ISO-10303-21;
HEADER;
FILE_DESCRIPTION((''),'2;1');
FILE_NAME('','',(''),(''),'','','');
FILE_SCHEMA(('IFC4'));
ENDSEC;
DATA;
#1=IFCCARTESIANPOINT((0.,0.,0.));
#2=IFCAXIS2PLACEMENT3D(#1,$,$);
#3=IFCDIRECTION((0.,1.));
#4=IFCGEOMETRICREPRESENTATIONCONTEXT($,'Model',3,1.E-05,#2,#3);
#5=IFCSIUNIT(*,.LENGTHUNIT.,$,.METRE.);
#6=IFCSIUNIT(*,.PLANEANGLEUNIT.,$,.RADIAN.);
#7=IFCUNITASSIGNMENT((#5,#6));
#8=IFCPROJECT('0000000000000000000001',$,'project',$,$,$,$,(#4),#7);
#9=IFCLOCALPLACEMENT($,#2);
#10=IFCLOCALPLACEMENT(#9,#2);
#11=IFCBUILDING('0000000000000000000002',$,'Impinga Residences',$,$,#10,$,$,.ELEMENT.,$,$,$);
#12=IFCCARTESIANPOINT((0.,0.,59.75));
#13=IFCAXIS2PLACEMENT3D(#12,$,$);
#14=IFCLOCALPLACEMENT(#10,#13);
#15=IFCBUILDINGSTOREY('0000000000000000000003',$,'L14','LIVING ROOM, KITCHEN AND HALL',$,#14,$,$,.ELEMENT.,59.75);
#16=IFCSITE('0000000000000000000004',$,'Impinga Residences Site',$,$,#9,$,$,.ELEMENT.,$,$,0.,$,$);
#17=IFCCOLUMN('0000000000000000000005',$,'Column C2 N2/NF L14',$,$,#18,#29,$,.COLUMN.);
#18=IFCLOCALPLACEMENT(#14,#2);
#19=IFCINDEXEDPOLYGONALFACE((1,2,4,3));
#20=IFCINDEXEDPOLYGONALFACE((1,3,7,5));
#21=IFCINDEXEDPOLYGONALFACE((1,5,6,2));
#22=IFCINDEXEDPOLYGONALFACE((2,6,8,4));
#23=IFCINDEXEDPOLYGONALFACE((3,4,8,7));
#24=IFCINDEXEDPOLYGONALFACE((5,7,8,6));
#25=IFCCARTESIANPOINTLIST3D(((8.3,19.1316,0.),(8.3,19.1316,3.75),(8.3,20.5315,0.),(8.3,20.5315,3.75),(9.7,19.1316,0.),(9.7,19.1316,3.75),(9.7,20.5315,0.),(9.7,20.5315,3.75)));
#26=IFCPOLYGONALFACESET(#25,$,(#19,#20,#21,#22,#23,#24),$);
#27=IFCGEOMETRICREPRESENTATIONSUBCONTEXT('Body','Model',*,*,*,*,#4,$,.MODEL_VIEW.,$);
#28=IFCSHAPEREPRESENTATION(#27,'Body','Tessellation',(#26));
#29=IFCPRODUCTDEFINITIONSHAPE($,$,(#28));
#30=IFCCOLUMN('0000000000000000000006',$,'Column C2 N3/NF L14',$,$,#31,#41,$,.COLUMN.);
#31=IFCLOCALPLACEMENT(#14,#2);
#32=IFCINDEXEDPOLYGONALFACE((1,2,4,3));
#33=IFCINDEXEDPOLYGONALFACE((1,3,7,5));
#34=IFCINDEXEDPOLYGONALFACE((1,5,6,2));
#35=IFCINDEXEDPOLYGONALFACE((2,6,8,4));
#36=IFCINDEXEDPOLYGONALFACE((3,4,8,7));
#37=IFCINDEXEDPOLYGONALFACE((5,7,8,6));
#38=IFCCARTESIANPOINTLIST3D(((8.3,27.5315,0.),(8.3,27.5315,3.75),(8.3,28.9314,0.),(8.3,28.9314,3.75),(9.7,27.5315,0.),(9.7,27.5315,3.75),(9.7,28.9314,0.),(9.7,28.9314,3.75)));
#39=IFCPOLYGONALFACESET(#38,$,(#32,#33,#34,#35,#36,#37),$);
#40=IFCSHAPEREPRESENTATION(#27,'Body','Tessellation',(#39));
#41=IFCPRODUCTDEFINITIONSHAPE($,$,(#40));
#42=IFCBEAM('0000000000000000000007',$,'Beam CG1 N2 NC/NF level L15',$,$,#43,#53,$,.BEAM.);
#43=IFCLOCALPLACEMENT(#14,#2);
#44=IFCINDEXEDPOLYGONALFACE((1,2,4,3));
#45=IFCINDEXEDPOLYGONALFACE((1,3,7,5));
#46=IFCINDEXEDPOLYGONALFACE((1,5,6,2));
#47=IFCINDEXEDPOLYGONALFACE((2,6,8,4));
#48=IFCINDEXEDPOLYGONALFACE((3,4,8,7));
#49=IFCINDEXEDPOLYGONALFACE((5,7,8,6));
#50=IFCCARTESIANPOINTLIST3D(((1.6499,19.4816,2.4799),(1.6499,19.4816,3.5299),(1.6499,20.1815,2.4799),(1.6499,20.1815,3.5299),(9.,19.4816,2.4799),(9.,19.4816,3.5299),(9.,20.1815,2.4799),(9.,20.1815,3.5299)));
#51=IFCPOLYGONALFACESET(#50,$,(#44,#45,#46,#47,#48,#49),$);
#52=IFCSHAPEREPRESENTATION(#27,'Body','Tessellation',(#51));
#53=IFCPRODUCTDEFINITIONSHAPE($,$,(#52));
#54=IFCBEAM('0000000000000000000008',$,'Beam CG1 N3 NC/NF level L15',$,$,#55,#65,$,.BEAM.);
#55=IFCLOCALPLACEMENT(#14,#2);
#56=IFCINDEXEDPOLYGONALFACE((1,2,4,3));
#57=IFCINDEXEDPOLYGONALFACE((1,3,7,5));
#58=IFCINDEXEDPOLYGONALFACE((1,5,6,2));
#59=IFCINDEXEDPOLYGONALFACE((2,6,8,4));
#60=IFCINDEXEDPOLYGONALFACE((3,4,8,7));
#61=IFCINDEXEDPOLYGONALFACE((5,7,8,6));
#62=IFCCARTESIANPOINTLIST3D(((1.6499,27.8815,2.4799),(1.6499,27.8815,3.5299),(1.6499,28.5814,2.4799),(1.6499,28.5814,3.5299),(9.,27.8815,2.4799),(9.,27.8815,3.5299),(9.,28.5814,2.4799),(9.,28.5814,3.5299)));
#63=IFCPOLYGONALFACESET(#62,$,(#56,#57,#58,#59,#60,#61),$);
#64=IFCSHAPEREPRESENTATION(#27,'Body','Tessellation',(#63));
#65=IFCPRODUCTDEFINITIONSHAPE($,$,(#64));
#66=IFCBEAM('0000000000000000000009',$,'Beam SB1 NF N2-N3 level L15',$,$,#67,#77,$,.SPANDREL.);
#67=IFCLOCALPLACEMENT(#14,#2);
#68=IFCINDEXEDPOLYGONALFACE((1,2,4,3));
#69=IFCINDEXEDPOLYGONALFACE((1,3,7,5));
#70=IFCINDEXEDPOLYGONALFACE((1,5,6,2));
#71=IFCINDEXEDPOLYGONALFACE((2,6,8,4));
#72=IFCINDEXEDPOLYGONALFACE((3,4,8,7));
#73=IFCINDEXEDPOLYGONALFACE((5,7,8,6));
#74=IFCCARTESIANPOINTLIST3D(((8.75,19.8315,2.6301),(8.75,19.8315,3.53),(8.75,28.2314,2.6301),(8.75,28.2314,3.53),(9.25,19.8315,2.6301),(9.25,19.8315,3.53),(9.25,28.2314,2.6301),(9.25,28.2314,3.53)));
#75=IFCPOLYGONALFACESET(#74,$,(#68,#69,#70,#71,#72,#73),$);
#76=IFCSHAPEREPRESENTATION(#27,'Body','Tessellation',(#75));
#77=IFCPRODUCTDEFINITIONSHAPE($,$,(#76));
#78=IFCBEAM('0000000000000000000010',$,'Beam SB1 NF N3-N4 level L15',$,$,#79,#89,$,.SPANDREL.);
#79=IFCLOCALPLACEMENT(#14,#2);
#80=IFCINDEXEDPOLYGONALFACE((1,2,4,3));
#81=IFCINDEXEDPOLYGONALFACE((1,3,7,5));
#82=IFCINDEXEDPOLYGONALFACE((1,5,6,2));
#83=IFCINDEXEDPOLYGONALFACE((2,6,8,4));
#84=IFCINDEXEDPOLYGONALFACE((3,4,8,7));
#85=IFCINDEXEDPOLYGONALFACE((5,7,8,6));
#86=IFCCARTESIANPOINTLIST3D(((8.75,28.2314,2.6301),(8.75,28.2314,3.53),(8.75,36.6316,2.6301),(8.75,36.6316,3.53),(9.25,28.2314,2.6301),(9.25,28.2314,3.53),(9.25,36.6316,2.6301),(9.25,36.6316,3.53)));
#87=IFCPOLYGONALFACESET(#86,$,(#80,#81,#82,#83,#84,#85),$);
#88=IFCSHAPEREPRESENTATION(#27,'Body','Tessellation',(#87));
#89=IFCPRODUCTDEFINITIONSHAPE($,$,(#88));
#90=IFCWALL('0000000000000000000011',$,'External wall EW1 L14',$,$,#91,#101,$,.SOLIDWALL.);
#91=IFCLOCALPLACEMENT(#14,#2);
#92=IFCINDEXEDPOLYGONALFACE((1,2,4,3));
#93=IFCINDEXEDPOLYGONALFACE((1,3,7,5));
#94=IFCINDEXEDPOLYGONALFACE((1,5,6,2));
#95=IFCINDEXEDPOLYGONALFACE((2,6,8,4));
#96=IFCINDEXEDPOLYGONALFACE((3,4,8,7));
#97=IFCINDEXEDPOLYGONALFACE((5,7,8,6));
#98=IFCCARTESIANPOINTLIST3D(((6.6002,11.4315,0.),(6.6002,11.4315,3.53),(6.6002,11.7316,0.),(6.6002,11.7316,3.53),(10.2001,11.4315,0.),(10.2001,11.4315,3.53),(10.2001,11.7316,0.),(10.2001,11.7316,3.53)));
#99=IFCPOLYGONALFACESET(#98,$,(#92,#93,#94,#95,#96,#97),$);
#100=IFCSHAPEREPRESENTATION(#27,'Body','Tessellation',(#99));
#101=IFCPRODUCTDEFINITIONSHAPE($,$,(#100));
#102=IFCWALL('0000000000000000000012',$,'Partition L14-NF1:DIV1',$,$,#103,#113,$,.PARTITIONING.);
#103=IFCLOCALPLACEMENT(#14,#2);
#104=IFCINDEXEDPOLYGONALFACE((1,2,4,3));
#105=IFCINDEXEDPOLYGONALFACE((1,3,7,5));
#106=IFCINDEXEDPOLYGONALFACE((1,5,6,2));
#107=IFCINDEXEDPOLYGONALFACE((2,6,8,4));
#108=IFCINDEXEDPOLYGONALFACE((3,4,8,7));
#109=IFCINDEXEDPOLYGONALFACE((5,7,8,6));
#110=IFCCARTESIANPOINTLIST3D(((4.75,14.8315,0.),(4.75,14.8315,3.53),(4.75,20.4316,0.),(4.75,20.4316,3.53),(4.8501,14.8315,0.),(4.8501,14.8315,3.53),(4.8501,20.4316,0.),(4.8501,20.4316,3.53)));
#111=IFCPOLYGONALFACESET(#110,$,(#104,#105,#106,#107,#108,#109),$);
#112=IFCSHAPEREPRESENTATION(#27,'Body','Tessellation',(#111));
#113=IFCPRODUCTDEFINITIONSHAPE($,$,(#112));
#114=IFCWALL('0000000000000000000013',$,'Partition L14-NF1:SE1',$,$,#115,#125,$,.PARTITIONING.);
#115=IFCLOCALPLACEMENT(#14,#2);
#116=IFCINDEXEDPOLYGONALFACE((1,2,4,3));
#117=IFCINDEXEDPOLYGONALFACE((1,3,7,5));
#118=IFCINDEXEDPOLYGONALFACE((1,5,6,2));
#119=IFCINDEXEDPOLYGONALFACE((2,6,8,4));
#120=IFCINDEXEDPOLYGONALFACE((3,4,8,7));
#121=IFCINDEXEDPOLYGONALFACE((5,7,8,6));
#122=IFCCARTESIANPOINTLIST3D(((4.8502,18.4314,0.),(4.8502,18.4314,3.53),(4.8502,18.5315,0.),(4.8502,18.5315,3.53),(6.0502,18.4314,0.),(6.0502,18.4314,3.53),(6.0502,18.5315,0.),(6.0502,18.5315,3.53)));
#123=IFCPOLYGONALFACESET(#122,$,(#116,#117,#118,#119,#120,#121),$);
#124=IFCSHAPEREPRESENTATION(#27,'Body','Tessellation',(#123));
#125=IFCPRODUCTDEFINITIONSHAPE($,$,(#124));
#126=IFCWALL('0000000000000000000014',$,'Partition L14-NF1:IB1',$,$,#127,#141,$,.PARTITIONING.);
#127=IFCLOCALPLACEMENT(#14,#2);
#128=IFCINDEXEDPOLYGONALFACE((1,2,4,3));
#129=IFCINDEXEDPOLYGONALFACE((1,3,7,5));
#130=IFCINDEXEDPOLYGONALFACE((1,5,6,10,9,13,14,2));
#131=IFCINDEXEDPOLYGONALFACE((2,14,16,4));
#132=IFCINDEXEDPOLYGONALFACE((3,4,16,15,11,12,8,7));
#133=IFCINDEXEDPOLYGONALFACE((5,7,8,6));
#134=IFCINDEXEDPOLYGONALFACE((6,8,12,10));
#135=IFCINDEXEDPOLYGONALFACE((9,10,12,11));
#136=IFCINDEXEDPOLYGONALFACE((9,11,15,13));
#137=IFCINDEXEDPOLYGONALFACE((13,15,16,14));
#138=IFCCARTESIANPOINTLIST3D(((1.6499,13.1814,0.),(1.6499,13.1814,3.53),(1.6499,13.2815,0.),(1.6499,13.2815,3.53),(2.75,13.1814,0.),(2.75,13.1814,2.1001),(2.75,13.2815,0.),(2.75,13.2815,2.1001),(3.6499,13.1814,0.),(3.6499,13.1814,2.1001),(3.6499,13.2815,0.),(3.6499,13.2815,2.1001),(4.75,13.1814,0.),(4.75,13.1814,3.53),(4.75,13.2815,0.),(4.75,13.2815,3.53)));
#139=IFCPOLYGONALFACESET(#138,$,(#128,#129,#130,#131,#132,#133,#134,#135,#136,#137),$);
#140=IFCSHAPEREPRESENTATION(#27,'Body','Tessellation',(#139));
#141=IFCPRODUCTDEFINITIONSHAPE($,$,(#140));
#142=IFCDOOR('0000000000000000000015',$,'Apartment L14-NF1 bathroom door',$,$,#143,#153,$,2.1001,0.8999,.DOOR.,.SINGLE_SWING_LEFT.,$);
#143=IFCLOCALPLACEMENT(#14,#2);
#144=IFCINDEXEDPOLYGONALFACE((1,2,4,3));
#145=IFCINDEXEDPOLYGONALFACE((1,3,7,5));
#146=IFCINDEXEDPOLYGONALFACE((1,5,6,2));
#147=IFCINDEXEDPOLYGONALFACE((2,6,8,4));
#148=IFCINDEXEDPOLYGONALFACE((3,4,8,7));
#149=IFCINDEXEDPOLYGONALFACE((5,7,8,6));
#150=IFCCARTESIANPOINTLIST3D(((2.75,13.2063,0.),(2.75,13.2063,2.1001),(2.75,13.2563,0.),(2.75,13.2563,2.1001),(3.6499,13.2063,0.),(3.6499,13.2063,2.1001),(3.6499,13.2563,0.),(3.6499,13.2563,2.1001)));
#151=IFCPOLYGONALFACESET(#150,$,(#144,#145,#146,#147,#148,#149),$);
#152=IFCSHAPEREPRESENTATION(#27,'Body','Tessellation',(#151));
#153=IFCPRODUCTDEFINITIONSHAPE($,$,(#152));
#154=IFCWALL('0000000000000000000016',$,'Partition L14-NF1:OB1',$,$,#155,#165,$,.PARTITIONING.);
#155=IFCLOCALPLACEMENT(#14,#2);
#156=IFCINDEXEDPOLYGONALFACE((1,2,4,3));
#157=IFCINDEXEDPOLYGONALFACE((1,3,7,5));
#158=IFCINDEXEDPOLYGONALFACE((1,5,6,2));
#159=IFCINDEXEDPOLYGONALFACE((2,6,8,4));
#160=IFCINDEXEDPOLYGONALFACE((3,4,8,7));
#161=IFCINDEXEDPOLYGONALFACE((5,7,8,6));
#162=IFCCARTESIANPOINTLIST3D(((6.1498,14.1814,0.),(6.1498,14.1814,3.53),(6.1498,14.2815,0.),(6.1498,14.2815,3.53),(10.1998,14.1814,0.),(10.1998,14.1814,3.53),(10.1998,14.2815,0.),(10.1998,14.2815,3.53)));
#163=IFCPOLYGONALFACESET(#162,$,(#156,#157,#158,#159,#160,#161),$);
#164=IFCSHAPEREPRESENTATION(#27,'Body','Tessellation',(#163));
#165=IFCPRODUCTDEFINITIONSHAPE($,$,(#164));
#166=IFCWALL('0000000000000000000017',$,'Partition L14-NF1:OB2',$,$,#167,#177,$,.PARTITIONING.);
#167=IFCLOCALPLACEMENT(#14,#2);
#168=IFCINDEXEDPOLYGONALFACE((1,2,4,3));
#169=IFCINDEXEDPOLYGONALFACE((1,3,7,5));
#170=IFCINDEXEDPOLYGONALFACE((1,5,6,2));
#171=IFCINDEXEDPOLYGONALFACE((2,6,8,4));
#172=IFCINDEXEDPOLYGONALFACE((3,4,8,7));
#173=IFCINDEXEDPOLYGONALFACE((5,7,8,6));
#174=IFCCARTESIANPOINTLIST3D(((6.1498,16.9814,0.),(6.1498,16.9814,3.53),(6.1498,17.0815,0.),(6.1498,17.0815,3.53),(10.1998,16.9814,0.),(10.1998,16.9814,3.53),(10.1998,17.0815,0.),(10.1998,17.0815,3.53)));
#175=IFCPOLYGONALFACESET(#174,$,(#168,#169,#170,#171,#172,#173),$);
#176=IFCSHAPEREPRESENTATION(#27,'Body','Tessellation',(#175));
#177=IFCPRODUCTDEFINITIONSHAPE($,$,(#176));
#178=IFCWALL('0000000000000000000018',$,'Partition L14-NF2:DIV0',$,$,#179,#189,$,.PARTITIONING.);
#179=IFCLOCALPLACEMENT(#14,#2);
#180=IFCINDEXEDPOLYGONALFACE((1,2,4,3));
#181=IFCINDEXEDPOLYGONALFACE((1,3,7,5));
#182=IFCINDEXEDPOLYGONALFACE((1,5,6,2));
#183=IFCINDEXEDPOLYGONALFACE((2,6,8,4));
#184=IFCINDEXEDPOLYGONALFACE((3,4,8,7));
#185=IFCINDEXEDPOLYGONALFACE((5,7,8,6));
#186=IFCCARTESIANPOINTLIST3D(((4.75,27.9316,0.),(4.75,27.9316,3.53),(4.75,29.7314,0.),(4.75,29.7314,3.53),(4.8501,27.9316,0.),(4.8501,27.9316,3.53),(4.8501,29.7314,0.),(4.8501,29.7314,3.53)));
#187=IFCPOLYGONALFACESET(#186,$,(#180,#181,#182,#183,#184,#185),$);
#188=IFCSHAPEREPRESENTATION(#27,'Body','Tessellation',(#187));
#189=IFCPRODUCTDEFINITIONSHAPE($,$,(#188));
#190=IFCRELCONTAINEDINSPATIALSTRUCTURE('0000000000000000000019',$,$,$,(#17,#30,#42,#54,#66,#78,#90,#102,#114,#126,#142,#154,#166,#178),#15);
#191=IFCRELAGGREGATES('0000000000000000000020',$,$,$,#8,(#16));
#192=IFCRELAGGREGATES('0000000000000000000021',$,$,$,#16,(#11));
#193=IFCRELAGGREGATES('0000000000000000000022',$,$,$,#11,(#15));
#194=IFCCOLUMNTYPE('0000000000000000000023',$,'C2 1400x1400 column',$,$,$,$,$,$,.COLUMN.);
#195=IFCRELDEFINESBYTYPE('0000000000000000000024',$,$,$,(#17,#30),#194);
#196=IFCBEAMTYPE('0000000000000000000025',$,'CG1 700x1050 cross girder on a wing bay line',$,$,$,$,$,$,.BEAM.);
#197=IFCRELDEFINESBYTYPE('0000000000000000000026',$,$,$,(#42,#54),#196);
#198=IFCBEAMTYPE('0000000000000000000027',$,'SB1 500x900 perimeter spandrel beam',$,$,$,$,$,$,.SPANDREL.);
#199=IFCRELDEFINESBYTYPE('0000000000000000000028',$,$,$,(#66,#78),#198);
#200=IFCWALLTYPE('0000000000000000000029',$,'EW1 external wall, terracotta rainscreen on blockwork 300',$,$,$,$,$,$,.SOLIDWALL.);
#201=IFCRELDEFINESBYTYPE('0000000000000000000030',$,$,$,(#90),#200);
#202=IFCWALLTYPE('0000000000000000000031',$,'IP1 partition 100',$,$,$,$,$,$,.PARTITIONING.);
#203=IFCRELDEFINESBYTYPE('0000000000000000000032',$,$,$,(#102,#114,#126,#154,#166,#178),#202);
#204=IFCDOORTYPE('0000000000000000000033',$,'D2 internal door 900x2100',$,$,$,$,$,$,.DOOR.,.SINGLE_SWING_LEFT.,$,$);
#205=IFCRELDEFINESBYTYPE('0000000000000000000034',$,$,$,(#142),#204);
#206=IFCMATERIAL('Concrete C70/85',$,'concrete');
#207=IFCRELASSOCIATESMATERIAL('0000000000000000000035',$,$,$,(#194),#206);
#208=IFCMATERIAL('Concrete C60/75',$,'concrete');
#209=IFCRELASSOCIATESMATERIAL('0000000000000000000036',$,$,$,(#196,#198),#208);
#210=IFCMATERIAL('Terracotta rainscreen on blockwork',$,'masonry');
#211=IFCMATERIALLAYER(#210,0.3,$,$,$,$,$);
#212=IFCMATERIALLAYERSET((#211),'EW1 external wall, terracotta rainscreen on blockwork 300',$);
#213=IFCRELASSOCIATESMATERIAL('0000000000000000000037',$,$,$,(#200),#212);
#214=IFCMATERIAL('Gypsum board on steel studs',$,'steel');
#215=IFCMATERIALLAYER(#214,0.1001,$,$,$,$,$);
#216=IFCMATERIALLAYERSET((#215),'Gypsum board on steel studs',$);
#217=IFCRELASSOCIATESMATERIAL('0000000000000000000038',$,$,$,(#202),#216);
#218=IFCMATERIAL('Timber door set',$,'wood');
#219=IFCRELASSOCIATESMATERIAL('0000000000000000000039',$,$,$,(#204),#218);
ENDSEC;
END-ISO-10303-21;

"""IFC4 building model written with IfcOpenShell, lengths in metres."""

from ifc_helpers import new_model, si_unit, direction, frame, frame_2d, origin, origin_2d, place, context, subcontext, project, spatial, rectangle, extrude, material, layer, layer_set, material_profile, profile_set, type_object, element, fill, save


model = new_model("IFC4")

# Units and contexts
model_context = context("Model", 3, precision=1e-05, world=origin(), true_north=direction((0.0, 1.0)))
body_context = subcontext(model_context, "Body", "Model", "MODEL_VIEW")
ifc_project = project(units=[si_unit("LENGTHUNIT", "METRE"), si_unit("PLANEANGLEUNIT", "RADIAN")], contexts=[model_context])

# Site, building, storey
site_placement = place(None, origin())
site = spatial("IfcSite", under=ifc_project, at=site_placement, Name="Impinga Residences Site", CompositionType="ELEMENT", RefElevation=0.0)
building_placement = place(site_placement, origin())
building = spatial("IfcBuilding", under=site, at=building_placement, Name="Impinga Residences", CompositionType="ELEMENT")
storey_placement = place(building_placement, frame((0.0, 0.0, 59.75)))
storey = spatial("IfcBuildingStorey", under=building, at=storey_placement, Name="L14", Description="LIVING ROOM, KITCHEN AND HALL", CompositionType="ELEMENT", Elevation=59.75)

# Columns
ifc_material_1 = material(Name="Concrete C70/85", Category="concrete")
ifc_material_profile_1 = material_profile(ifc_material_1, rectangle(XDim=1.3999, YDim=1.3999, at=origin_2d()), Name="RC 1400x1400")
ifc_profile_set_1 = profile_set([ifc_material_profile_1], Name="Concrete C70/85")
column_type = type_object("IfcColumnType", Name="C2 1400x1400 column", PredefinedType="COLUMN", material=ifc_profile_set_1)
for number, where, z_axis, x_axis, name in (
    (1, (9.0, 19.8315, 0.0), (0.0, 0.0, 1.0), (1.0, 0.0, 0.0), "Column C2 N2/NF L14"),
    (2, (9.0, 28.2314, 0.0), (0.0, 0.0, 1.0), (1.0, 0.0, 0.0), "Column C2 N3/NF L14"),
):
    element("IfcColumn", number, at=place(storey_placement, frame(where, z_axis=z_axis, x_axis=x_axis)), inside=storey, type_object=column_type, Name=name, PredefinedType="COLUMN", context=body_context, shape_type="SweptSolid", body=[
        extrude(rectangle(XDim=1.3999, YDim=1.3999, at=origin_2d()), origin(), (0.0, 0.0, 1.0), 3.75),
    ])

# Beams
ifc_material_2 = material(Name="Concrete C60/75", Category="concrete")
ifc_material_profile_2 = material_profile(ifc_material_2, rectangle(XDim=0.7, YDim=1.05, at=origin_2d()), Name="RC 700x1050")
ifc_profile_set_2 = profile_set([ifc_material_profile_2], Name="Concrete C60/75")
beam_type_1 = type_object("IfcBeamType", Name="CG1 700x1050 cross girder on a wing bay line", PredefinedType="BEAM", material=ifc_profile_set_2)
for number, where, z_axis, x_axis, name in (
    (3, (1.6499, 19.8315, 3.0049), (1.0, 0.0, 0.0), (0.0, 1.0, 0.0), "Beam CG1 N2 NC/NF level L15"),
    (4, (1.6499, 28.2314, 3.0049), (1.0, 0.0, 0.0), (0.0, 1.0, 0.0), "Beam CG1 N3 NC/NF level L15"),
):
    element("IfcBeam", number, at=place(storey_placement, frame(where, z_axis=z_axis, x_axis=x_axis)), inside=storey, type_object=beam_type_1, Name=name, PredefinedType="BEAM", context=body_context, shape_type="SweptSolid", body=[
        extrude(rectangle(XDim=0.7, YDim=1.05, at=origin_2d()), origin(), (0.0, 0.0, 1.0), 7.3501),
    ])
ifc_material_profile_3 = material_profile(ifc_material_2, rectangle(XDim=0.5, YDim=0.8999, at=origin_2d()), Name="RC 500x900")
ifc_profile_set_3 = profile_set([ifc_material_profile_3], Name="Concrete C60/75")
beam_type_2 = type_object("IfcBeamType", Name="SB1 500x900 perimeter spandrel beam", PredefinedType="SPANDREL", material=ifc_profile_set_3)
beam_1_placement = place(storey_placement, frame((9.0, 19.8315, 3.0801), z_axis=(0.0, 1.0, 0.0), x_axis=(-1.0, 0.0, 0.0)))
element("IfcBeam", 5, at=beam_1_placement, inside=storey, type_object=beam_type_2, Name="Beam SB1 NF N2-N3 level L15", PredefinedType="SPANDREL", context=body_context, shape_type="SweptSolid", body=[
    extrude(rectangle(XDim=0.5, YDim=0.8999, at=origin_2d()), origin(), (0.0, 0.0, 1.0), 8.3999),
])
beam_2_placement = place(storey_placement, frame((9.0, 28.2314, 3.0801), z_axis=(0.0, 1.0, 0.0), x_axis=(-1.0, 0.0, 0.0)))
element("IfcBeam", 6, at=beam_2_placement, inside=storey, type_object=beam_type_2, Name="Beam SB1 NF N3-N4 level L15", PredefinedType="SPANDREL", context=body_context, shape_type="SweptSolid", body=[
    extrude(rectangle(XDim=0.5, YDim=0.8999, at=origin_2d()), origin(), (0.0, 0.0, 1.0), 8.4001),
])

# Walls
ifc_material_3 = material(Name="Terracotta rainscreen on blockwork", Category="masonry")
ifc_layer_1 = layer(ifc_material_3, 0.3)
ifc_layer_set_1 = layer_set([ifc_layer_1], Name="EW1 external wall, terracotta rainscreen on blockwork 300")
wall_type_1 = type_object("IfcWallType", Name="EW1 external wall, terracotta rainscreen on blockwork 300", PredefinedType="SOLIDWALL", material=ifc_layer_set_1)
wall_1_placement = place(storey_placement, frame((10.2, 11.5815, 0.0), z_axis=(0.0, 0.0, 1.0), x_axis=(-1.0, 0.0, 0.0)))
element("IfcWall", 7, at=wall_1_placement, inside=storey, type_object=wall_type_1, Name="External wall EW1 L14", PredefinedType="SOLIDWALL", context=body_context, shape_type="SweptSolid", body=[
    extrude(rectangle(XDim=3.5999, YDim=0.3, at=frame_2d((1.7998, 0.0))), origin(), (0.0, 0.0, 1.0), 3.53),
])
ifc_material_4 = material(Name="Gypsum board on steel studs", Category="steel")
ifc_layer_2 = layer(ifc_material_4, 0.1001)
ifc_layer_set_2 = layer_set([ifc_layer_2], Name="Gypsum board on steel studs")
wall_type_2 = type_object("IfcWallType", Name="IP1 partition 100", PredefinedType="PARTITIONING", material=ifc_layer_set_2)
wall_2_placement = place(storey_placement, frame((4.8, 14.8315, 0.0), z_axis=(0.0, 0.0, 1.0), x_axis=(0.0, 1.0, 0.0)))
element("IfcWall", 8, at=wall_2_placement, inside=storey, type_object=wall_type_2, Name="Partition L14-NF1:DIV1", PredefinedType="PARTITIONING", context=body_context, shape_type="SweptSolid", body=[
    extrude(rectangle(XDim=5.6001, YDim=0.1001, at=frame_2d((2.8, 0.0))), origin(), (0.0, 0.0, 1.0), 3.53),
])
wall_3_placement = place(storey_placement, frame((4.8501, 18.4814, 0.0), z_axis=(0.0, 0.0, 1.0), x_axis=(1.0, 0.0, 0.0)))
element("IfcWall", 9, at=wall_3_placement, inside=storey, type_object=wall_type_2, Name="Partition L14-NF1:SE1", PredefinedType="PARTITIONING", context=body_context, shape_type="SweptSolid", body=[
    extrude(rectangle(XDim=1.2, YDim=0.1001, at=frame_2d((0.6001, 0.0))), origin(), (0.0, 0.0, 1.0), 3.53),
])

# Wall, opening, door
wall_4_placement = place(storey_placement, frame((1.6499, 13.2314, 0.0), z_axis=(0.0, 0.0, 1.0), x_axis=(1.0, 0.0, 0.0)))
wall_4 = element("IfcWall", 10, at=wall_4_placement, inside=storey, type_object=wall_type_2, Name="Partition L14-NF1:IB1", PredefinedType="PARTITIONING", context=body_context, shape_type="SweptSolid", body=[
    extrude(rectangle(XDim=3.1001, YDim=0.1001, at=frame_2d((1.55, 0.0))), origin(), (0.0, 0.0, 1.0), 3.53),
])
opening_1_placement = place(wall_4_placement, frame((1.1001, 0.0, 0.0)))
opening_1 = element("IfcOpeningElement", 11, at=opening_1_placement, cuts=wall_4, PredefinedType="OPENING", context=body_context, shape_type="SweptSolid", body=[
    extrude(rectangle(XDim=0.8999, YDim=2.1001, at=frame_2d((0.45, 1.05))), frame((0.0, 0.0601, 0.0), z_axis=(0.0, -1.0, 0.0), x_axis=(1.0, 0.0, 0.0)), (0.0, 0.0, 1.0), 0.1201),
])
ifc_material_5 = material(Name="Timber door set", Category="wood")
door_type = type_object("IfcDoorType", Name="D2 internal door 900x2100", OperationType="SINGLE_SWING_LEFT", PredefinedType="DOOR", material=ifc_material_5)
door_1_placement = place(opening_1_placement, origin())
door_1 = element("IfcDoor", 12, at=door_1_placement, inside=storey, type_object=door_type, Name="Apartment L14-NF1 bathroom door", OperationType="SINGLE_SWING_LEFT", OverallHeight=2.1001, OverallWidth=0.8999, PredefinedType="DOOR", context=body_context, shape_type="SweptSolid", body=[
    extrude(rectangle(XDim=0.8999, YDim=2.1001, at=frame_2d((0.45, 1.05))), frame((0.0, 0.0249, 0.0), z_axis=(0.0, -1.0, 0.0), x_axis=(1.0, 0.0, 0.0)), (0.0, 0.0, 1.0), 0.05),
])
fill(opening_1, door_1)

# Walls
for number, where, z_axis, x_axis, name in (
    (13, (6.1499, 14.2314, 0.0), (0.0, 0.0, 1.0), (1.0, 0.0, 0.0), "Partition L14-NF1:OB1"),
    (14, (6.1499, 17.0315, 0.0), (0.0, 0.0, 1.0), (1.0, 0.0, 0.0), "Partition L14-NF1:OB2"),
):
    element("IfcWall", number, at=place(storey_placement, frame(where, z_axis=z_axis, x_axis=x_axis)), inside=storey, type_object=wall_type_2, Name=name, PredefinedType="PARTITIONING", context=body_context, shape_type="SweptSolid", body=[
        extrude(rectangle(XDim=4.05, YDim=0.1001, at=frame_2d((2.0249, 0.0))), origin(), (0.0, 0.0, 1.0), 3.53),
    ])
wall_5_placement = place(storey_placement, frame((4.8, 27.9316, 0.0), z_axis=(0.0, 0.0, 1.0), x_axis=(0.0, 1.0, 0.0)))
element("IfcWall", 15, at=wall_5_placement, inside=storey, type_object=wall_type_2, Name="Partition L14-NF2:DIV0", PredefinedType="PARTITIONING", context=body_context, shape_type="SweptSolid", body=[
    extrude(rectangle(XDim=1.7998, YDim=0.1001, at=frame_2d((0.8999, 0.0))), origin(), (0.0, 0.0, 1.0), 3.53),
])

save(model, "model.ifc")
